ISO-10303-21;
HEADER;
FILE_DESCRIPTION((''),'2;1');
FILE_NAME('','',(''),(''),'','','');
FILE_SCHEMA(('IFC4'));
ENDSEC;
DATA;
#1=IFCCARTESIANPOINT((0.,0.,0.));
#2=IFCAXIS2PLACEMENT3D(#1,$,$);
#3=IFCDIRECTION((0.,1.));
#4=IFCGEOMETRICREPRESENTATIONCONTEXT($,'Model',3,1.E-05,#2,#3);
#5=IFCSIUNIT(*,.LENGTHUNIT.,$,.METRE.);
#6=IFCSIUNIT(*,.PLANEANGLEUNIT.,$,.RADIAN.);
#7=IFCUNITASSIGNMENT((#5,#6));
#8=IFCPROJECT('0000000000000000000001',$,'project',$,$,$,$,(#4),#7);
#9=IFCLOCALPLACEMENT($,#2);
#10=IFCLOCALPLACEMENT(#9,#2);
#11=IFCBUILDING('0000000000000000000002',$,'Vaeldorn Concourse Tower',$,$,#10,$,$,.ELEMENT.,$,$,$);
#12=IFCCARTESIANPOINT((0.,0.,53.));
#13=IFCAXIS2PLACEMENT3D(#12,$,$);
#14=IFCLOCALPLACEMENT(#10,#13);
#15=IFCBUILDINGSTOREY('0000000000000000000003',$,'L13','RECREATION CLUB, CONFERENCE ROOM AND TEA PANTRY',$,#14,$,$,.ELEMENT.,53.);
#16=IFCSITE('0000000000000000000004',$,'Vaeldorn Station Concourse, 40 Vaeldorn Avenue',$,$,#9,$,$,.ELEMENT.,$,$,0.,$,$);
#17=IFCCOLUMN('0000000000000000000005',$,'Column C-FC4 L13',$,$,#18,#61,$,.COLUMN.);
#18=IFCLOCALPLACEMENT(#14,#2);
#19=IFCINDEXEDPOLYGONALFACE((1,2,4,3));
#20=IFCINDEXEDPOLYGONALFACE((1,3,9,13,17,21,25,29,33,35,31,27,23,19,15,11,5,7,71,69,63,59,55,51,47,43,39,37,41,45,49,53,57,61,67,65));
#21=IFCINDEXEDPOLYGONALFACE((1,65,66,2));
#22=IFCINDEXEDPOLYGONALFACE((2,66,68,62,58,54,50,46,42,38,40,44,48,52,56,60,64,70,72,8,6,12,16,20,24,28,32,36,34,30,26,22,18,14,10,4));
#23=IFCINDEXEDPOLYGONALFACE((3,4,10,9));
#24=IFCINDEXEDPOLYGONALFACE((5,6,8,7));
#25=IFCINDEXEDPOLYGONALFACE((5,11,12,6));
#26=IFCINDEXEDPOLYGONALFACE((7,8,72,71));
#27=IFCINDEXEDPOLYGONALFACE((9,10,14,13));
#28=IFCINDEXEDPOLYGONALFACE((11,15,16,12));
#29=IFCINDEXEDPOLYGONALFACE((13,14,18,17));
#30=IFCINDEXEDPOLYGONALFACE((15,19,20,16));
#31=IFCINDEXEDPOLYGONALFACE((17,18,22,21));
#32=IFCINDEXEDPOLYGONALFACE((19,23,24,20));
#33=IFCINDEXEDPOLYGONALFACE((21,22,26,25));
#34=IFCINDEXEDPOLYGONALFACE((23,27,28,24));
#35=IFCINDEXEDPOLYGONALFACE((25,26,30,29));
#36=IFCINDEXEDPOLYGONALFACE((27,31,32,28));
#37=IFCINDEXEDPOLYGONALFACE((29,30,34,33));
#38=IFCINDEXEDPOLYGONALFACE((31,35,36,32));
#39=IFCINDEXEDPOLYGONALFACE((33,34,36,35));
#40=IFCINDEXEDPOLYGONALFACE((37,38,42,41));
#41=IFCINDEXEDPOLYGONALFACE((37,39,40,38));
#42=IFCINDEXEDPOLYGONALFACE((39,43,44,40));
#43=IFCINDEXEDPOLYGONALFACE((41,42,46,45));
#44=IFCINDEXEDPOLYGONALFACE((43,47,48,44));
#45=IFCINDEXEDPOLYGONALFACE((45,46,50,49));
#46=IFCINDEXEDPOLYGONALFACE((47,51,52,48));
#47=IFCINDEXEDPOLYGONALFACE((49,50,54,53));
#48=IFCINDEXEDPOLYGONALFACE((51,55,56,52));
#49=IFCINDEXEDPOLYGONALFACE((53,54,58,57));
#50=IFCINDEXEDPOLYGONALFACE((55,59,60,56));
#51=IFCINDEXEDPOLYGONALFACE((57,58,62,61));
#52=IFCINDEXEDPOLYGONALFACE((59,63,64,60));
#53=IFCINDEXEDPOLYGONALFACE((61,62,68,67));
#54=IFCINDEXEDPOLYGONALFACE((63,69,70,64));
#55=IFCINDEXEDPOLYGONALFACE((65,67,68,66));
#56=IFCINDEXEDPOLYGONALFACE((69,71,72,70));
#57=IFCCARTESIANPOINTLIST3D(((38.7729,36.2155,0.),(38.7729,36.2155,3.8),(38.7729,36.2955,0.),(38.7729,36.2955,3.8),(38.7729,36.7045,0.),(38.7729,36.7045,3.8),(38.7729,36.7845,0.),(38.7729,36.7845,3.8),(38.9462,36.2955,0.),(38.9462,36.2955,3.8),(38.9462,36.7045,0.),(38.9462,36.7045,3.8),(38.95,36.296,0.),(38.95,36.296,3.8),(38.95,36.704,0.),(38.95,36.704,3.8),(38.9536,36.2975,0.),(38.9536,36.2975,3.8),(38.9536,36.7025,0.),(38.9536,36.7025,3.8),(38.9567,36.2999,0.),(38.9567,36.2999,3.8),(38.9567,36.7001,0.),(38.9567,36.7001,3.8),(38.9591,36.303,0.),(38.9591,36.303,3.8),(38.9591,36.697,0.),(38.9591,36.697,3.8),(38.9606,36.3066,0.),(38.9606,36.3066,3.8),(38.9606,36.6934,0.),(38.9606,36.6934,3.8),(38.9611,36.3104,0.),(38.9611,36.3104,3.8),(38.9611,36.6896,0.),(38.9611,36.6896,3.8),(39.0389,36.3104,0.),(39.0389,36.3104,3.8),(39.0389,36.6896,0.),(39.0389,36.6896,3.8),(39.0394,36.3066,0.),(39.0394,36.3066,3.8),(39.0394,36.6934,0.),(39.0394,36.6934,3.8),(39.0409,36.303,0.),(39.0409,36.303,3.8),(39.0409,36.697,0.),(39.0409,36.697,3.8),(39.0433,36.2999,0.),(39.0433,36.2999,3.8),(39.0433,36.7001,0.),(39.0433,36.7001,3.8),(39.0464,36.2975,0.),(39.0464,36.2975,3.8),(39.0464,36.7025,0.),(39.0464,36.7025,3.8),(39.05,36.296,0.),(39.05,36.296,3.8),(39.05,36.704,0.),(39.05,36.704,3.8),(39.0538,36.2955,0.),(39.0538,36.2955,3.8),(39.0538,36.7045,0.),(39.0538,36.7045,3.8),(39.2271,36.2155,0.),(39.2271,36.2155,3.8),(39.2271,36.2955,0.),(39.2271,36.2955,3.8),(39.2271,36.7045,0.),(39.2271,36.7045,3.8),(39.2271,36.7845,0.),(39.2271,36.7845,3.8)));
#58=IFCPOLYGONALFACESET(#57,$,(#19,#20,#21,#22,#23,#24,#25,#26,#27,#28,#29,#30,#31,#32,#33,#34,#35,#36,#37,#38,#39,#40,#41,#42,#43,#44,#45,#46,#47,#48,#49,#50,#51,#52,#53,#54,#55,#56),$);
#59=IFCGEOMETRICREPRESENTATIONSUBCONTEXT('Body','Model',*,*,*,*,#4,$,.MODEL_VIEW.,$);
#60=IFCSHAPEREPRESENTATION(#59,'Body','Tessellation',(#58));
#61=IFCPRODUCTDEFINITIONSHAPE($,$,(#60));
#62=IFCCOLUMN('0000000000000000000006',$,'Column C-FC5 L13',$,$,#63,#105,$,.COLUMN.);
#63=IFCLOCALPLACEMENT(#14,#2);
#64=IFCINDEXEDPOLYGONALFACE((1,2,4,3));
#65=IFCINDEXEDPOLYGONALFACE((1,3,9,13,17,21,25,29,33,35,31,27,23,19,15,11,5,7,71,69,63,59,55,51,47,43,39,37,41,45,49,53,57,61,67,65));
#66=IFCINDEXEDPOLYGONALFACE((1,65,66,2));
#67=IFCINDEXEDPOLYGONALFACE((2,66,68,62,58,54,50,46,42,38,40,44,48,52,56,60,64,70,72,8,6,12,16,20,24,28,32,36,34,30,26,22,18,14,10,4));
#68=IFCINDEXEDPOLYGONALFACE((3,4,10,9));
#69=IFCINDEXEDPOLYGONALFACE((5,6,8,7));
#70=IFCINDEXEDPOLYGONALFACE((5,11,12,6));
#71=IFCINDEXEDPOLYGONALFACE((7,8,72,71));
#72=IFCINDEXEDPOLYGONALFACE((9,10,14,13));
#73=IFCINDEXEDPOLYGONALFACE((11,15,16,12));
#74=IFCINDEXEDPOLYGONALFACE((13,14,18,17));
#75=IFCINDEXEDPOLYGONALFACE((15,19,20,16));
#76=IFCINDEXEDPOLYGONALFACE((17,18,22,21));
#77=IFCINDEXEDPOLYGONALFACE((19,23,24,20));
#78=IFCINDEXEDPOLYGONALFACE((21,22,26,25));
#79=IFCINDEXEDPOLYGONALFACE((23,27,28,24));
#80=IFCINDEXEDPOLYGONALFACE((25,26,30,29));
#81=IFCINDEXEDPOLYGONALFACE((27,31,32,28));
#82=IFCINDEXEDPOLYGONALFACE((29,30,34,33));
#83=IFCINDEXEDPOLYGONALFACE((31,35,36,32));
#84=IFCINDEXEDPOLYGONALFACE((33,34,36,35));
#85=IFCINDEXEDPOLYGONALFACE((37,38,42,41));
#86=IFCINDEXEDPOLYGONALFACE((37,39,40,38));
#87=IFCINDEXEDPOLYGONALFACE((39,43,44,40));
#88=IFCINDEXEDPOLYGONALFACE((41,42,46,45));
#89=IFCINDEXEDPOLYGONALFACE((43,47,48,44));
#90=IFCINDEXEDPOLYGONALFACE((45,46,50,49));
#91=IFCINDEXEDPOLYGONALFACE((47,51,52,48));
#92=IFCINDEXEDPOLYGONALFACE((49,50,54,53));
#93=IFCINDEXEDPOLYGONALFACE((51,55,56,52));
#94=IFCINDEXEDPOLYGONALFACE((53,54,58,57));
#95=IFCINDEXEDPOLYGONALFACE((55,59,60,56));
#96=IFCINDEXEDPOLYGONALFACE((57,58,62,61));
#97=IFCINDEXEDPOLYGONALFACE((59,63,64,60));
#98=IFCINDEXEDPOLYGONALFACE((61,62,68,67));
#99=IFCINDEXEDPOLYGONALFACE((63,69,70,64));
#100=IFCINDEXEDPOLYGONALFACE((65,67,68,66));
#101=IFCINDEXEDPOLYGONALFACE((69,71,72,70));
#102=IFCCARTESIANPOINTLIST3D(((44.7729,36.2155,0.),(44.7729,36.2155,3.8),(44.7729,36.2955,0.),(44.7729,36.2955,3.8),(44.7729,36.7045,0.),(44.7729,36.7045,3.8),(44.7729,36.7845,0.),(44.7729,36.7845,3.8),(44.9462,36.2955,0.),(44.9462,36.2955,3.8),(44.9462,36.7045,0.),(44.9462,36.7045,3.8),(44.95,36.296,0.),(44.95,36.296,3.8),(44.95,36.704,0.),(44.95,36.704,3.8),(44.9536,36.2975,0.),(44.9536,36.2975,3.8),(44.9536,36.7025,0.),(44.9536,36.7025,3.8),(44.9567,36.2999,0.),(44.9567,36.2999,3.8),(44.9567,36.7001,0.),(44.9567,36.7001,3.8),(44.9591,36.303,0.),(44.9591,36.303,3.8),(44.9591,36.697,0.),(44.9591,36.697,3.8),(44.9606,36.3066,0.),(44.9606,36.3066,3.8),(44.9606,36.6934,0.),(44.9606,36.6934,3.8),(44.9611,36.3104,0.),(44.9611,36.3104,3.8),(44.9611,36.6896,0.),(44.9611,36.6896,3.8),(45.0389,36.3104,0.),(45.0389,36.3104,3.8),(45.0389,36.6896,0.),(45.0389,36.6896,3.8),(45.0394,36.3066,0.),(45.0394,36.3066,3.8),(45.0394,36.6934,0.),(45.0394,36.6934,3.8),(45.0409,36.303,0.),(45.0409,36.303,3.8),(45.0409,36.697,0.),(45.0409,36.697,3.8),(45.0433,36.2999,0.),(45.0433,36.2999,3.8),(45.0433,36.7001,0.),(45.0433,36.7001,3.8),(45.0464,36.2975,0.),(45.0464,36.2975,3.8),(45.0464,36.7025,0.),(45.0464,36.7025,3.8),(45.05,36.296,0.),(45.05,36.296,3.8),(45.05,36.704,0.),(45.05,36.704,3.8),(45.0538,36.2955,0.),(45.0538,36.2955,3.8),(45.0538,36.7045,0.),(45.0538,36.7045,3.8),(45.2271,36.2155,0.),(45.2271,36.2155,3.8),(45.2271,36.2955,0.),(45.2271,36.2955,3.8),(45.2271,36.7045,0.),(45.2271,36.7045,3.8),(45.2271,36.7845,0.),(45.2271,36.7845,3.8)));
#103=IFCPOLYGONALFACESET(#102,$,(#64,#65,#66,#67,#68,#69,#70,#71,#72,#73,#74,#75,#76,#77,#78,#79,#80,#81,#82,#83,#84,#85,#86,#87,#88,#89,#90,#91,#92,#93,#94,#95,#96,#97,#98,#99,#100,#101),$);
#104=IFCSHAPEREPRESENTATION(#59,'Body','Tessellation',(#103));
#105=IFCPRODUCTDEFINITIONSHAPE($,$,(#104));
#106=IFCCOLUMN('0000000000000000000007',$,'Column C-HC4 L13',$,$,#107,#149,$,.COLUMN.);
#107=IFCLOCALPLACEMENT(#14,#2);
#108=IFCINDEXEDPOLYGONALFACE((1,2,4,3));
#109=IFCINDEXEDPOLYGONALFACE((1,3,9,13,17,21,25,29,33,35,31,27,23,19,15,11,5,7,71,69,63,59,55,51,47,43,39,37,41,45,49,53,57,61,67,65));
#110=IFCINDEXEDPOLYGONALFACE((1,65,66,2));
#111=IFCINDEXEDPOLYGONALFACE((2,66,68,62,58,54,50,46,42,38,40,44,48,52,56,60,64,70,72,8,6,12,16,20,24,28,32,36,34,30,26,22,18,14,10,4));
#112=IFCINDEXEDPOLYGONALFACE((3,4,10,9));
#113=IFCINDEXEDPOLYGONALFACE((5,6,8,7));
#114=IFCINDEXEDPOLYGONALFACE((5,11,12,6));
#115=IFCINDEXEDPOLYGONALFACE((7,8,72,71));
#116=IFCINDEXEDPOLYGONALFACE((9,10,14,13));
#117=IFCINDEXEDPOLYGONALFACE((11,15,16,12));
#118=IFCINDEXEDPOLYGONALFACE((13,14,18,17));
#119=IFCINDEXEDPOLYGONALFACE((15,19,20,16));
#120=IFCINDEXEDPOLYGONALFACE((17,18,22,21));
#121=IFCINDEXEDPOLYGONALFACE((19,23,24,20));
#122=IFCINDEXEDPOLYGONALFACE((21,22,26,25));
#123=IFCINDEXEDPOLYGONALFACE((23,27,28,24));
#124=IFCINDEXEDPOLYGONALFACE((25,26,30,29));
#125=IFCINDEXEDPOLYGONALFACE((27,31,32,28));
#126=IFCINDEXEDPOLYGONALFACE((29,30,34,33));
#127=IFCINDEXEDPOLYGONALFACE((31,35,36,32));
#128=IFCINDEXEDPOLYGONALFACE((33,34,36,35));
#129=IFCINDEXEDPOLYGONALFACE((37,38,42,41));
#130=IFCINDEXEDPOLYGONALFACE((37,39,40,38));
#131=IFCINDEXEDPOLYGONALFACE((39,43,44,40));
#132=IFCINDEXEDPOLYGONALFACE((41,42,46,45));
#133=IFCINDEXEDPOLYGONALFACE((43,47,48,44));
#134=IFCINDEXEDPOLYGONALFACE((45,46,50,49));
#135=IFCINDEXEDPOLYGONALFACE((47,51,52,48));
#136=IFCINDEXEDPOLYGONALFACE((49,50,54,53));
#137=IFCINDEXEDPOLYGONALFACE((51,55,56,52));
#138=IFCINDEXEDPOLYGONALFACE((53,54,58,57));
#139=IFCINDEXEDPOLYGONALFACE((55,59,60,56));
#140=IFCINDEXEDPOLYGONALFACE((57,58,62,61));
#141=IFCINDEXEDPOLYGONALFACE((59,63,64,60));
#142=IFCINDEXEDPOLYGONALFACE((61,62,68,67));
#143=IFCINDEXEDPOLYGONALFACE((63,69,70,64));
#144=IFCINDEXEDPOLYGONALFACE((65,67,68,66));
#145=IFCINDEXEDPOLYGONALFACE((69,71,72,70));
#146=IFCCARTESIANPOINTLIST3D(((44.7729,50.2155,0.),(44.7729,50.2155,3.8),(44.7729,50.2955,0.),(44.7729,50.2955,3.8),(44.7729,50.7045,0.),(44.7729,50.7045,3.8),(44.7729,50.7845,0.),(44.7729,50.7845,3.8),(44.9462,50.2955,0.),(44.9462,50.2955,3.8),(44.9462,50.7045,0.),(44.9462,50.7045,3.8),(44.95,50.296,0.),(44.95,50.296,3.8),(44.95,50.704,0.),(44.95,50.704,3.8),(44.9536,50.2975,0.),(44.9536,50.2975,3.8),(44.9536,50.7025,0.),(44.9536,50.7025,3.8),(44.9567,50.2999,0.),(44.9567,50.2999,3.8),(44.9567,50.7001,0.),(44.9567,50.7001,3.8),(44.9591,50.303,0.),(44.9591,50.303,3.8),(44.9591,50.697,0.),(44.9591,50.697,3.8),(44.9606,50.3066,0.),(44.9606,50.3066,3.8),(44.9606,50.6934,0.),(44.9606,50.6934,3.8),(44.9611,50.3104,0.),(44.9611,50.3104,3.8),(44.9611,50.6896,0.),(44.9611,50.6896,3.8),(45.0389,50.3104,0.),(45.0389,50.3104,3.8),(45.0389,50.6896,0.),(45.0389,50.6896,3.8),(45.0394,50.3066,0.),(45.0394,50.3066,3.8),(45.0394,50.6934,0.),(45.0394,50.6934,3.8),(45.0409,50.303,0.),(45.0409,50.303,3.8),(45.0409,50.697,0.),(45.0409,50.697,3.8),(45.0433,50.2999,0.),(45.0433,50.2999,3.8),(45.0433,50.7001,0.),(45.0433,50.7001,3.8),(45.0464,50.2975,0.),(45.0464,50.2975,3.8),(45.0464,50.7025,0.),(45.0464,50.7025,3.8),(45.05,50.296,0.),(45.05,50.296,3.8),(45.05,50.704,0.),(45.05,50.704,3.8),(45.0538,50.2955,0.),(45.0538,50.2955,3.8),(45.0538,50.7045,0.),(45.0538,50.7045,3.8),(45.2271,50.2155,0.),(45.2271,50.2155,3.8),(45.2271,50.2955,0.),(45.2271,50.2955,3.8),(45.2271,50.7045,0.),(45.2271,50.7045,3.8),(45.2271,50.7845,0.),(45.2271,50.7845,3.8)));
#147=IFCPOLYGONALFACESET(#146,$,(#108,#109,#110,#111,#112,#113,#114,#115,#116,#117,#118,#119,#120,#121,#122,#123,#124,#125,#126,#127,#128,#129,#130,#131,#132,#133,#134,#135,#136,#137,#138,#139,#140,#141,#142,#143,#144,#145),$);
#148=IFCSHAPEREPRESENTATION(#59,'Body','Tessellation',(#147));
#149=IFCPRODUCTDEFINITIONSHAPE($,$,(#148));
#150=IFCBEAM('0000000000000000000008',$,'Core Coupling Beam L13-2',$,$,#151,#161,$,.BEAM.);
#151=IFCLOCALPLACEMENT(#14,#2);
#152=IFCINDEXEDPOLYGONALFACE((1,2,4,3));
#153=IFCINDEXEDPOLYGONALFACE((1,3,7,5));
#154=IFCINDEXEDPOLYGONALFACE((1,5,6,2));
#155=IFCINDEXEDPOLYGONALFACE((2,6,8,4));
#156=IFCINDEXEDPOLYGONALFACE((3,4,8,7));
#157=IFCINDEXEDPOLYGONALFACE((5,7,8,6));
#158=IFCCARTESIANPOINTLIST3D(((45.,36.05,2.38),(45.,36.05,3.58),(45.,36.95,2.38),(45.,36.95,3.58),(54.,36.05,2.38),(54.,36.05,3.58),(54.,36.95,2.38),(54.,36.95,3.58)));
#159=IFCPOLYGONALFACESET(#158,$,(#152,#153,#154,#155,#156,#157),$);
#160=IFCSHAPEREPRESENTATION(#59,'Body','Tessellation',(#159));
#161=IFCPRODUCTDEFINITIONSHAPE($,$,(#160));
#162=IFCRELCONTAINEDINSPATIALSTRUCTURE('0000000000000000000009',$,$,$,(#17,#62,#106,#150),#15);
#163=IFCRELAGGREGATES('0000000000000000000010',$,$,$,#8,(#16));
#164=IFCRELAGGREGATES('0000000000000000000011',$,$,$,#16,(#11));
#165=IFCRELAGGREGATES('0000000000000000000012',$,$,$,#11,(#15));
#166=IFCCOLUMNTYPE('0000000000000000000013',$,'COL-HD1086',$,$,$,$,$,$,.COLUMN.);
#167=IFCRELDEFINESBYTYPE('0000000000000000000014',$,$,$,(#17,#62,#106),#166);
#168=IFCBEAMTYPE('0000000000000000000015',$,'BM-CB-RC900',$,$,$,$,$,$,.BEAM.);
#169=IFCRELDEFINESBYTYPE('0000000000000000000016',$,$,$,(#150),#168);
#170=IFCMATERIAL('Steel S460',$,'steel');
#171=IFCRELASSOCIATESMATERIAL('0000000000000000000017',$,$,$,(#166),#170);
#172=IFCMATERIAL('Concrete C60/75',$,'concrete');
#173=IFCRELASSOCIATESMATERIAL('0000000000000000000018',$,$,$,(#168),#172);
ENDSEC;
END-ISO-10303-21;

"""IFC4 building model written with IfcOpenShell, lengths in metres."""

from ifc_helpers import new_model, si_unit, direction, frame, origin, origin_2d, place, context, subcontext, project, spatial, rectangle, i_section, extrude, source, transform, mapped, material, material_profile, profile_set, type_object, element, save


model = new_model("IFC4")

# Units and contexts
model_context = context("Model", 3, precision=1e-05, world=origin(), true_north=direction((0.0, 1.0)))
body_context = subcontext(model_context, "Body", "Model", "MODEL_VIEW")
ifc_project = project(units=[si_unit("LENGTHUNIT", "METRE"), si_unit("PLANEANGLEUNIT", "RADIAN")], contexts=[model_context])

# Site, building, storey
site_placement = place(None, origin())
site = spatial("IfcSite", under=ifc_project, at=site_placement, Name="Vaeldorn Station Concourse, 40 Vaeldorn Avenue", CompositionType="ELEMENT", RefElevation=0.0)
building_placement = place(site_placement, origin())
building = spatial("IfcBuilding", under=site, at=building_placement, Name="Vaeldorn Concourse Tower", CompositionType="ELEMENT")
storey_placement = place(building_placement, frame((0.0, 0.0, 53.0)))
storey = spatial("IfcBuildingStorey", under=building, at=storey_placement, Name="L13", Description="RECREATION CLUB, CONFERENCE ROOM AND TEA PANTRY", CompositionType="ELEMENT", Elevation=53.0)

# Columns
ifc_material_1 = material(Name="Steel S460", Category="steel")
ifc_material_profile_1 = material_profile(ifc_material_1, i_section(OverallWidth=0.4541, OverallDepth=0.5691, WebThickness=0.0779, FlangeThickness=0.0801, FilletRadius=0.0149, at=origin_2d()), Name="HD 400x1086")
ifc_profile_set_1 = profile_set([ifc_material_profile_1], Name="Steel S460")
column_type = type_object("IfcColumnType", Name="COL-HD1086", PredefinedType="COLUMN", material=ifc_profile_set_1)
shared_shape_1 = source(origin(), body_context, "Body", "SweptSolid", [
    extrude(i_section(OverallWidth=0.4541, OverallDepth=0.5691, WebThickness=0.0779, FlangeThickness=0.0801, FilletRadius=0.0149, at=origin_2d()), origin(), (0.0, 0.0, 1.0), 3.8),
])
for number, where, z_axis, x_axis, name in (
    (1, (39.0, 36.5, 0.0), (0.0, 0.0, 1.0), (1.0, 0.0, 0.0), "Column C-FC4 L13"),
    (2, (45.0, 36.5, 0.0), (0.0, 0.0, 1.0), (1.0, 0.0, 0.0), "Column C-FC5 L13"),
    (3, (45.0, 50.5, 0.0), (0.0, 0.0, 1.0), (1.0, 0.0, 0.0), "Column C-HC4 L13"),
):
    element("IfcColumn", number, at=place(storey_placement, frame(where, z_axis=z_axis, x_axis=x_axis)), inside=storey, type_object=column_type, Name=name, PredefinedType="COLUMN", context=body_context, shape_type="MappedRepresentation", body=[
        mapped(shared_shape_1, transform((0.0, 0.0, 0.0), scale=1.0)),
    ])

# Beam
ifc_material_2 = material(Name="Concrete C60/75", Category="concrete")
ifc_material_profile_2 = material_profile(ifc_material_2, rectangle(XDim=0.8999, YDim=1.2, at=origin_2d()), Name="RC 900x1200")
ifc_profile_set_2 = profile_set([ifc_material_profile_2], Name="Concrete C60/75")
beam_type_1 = type_object("IfcBeamType", Name="BM-CB-RC900", PredefinedType="BEAM", material=ifc_profile_set_2)
shared_shape_2 = source(origin(), body_context, "Body", "SweptSolid", [
    extrude(rectangle(XDim=0.8999, YDim=1.2, at=origin_2d()), origin(), (0.0, 0.0, 1.0), 9.0),
])
beam_1_placement = place(storey_placement, frame((45.0, 36.5, 2.98), z_axis=(1.0, 0.0, 0.0), x_axis=(0.0, 1.0, 0.0)))
element("IfcBeam", 4, at=beam_1_placement, inside=storey, type_object=beam_type_1, Name="Core Coupling Beam L13-2", PredefinedType="BEAM", context=body_context, shape_type="MappedRepresentation", body=[
    mapped(shared_shape_2, transform((0.0, 0.0, 0.0), scale=1.0)),
])

save(model, "model.ifc")
